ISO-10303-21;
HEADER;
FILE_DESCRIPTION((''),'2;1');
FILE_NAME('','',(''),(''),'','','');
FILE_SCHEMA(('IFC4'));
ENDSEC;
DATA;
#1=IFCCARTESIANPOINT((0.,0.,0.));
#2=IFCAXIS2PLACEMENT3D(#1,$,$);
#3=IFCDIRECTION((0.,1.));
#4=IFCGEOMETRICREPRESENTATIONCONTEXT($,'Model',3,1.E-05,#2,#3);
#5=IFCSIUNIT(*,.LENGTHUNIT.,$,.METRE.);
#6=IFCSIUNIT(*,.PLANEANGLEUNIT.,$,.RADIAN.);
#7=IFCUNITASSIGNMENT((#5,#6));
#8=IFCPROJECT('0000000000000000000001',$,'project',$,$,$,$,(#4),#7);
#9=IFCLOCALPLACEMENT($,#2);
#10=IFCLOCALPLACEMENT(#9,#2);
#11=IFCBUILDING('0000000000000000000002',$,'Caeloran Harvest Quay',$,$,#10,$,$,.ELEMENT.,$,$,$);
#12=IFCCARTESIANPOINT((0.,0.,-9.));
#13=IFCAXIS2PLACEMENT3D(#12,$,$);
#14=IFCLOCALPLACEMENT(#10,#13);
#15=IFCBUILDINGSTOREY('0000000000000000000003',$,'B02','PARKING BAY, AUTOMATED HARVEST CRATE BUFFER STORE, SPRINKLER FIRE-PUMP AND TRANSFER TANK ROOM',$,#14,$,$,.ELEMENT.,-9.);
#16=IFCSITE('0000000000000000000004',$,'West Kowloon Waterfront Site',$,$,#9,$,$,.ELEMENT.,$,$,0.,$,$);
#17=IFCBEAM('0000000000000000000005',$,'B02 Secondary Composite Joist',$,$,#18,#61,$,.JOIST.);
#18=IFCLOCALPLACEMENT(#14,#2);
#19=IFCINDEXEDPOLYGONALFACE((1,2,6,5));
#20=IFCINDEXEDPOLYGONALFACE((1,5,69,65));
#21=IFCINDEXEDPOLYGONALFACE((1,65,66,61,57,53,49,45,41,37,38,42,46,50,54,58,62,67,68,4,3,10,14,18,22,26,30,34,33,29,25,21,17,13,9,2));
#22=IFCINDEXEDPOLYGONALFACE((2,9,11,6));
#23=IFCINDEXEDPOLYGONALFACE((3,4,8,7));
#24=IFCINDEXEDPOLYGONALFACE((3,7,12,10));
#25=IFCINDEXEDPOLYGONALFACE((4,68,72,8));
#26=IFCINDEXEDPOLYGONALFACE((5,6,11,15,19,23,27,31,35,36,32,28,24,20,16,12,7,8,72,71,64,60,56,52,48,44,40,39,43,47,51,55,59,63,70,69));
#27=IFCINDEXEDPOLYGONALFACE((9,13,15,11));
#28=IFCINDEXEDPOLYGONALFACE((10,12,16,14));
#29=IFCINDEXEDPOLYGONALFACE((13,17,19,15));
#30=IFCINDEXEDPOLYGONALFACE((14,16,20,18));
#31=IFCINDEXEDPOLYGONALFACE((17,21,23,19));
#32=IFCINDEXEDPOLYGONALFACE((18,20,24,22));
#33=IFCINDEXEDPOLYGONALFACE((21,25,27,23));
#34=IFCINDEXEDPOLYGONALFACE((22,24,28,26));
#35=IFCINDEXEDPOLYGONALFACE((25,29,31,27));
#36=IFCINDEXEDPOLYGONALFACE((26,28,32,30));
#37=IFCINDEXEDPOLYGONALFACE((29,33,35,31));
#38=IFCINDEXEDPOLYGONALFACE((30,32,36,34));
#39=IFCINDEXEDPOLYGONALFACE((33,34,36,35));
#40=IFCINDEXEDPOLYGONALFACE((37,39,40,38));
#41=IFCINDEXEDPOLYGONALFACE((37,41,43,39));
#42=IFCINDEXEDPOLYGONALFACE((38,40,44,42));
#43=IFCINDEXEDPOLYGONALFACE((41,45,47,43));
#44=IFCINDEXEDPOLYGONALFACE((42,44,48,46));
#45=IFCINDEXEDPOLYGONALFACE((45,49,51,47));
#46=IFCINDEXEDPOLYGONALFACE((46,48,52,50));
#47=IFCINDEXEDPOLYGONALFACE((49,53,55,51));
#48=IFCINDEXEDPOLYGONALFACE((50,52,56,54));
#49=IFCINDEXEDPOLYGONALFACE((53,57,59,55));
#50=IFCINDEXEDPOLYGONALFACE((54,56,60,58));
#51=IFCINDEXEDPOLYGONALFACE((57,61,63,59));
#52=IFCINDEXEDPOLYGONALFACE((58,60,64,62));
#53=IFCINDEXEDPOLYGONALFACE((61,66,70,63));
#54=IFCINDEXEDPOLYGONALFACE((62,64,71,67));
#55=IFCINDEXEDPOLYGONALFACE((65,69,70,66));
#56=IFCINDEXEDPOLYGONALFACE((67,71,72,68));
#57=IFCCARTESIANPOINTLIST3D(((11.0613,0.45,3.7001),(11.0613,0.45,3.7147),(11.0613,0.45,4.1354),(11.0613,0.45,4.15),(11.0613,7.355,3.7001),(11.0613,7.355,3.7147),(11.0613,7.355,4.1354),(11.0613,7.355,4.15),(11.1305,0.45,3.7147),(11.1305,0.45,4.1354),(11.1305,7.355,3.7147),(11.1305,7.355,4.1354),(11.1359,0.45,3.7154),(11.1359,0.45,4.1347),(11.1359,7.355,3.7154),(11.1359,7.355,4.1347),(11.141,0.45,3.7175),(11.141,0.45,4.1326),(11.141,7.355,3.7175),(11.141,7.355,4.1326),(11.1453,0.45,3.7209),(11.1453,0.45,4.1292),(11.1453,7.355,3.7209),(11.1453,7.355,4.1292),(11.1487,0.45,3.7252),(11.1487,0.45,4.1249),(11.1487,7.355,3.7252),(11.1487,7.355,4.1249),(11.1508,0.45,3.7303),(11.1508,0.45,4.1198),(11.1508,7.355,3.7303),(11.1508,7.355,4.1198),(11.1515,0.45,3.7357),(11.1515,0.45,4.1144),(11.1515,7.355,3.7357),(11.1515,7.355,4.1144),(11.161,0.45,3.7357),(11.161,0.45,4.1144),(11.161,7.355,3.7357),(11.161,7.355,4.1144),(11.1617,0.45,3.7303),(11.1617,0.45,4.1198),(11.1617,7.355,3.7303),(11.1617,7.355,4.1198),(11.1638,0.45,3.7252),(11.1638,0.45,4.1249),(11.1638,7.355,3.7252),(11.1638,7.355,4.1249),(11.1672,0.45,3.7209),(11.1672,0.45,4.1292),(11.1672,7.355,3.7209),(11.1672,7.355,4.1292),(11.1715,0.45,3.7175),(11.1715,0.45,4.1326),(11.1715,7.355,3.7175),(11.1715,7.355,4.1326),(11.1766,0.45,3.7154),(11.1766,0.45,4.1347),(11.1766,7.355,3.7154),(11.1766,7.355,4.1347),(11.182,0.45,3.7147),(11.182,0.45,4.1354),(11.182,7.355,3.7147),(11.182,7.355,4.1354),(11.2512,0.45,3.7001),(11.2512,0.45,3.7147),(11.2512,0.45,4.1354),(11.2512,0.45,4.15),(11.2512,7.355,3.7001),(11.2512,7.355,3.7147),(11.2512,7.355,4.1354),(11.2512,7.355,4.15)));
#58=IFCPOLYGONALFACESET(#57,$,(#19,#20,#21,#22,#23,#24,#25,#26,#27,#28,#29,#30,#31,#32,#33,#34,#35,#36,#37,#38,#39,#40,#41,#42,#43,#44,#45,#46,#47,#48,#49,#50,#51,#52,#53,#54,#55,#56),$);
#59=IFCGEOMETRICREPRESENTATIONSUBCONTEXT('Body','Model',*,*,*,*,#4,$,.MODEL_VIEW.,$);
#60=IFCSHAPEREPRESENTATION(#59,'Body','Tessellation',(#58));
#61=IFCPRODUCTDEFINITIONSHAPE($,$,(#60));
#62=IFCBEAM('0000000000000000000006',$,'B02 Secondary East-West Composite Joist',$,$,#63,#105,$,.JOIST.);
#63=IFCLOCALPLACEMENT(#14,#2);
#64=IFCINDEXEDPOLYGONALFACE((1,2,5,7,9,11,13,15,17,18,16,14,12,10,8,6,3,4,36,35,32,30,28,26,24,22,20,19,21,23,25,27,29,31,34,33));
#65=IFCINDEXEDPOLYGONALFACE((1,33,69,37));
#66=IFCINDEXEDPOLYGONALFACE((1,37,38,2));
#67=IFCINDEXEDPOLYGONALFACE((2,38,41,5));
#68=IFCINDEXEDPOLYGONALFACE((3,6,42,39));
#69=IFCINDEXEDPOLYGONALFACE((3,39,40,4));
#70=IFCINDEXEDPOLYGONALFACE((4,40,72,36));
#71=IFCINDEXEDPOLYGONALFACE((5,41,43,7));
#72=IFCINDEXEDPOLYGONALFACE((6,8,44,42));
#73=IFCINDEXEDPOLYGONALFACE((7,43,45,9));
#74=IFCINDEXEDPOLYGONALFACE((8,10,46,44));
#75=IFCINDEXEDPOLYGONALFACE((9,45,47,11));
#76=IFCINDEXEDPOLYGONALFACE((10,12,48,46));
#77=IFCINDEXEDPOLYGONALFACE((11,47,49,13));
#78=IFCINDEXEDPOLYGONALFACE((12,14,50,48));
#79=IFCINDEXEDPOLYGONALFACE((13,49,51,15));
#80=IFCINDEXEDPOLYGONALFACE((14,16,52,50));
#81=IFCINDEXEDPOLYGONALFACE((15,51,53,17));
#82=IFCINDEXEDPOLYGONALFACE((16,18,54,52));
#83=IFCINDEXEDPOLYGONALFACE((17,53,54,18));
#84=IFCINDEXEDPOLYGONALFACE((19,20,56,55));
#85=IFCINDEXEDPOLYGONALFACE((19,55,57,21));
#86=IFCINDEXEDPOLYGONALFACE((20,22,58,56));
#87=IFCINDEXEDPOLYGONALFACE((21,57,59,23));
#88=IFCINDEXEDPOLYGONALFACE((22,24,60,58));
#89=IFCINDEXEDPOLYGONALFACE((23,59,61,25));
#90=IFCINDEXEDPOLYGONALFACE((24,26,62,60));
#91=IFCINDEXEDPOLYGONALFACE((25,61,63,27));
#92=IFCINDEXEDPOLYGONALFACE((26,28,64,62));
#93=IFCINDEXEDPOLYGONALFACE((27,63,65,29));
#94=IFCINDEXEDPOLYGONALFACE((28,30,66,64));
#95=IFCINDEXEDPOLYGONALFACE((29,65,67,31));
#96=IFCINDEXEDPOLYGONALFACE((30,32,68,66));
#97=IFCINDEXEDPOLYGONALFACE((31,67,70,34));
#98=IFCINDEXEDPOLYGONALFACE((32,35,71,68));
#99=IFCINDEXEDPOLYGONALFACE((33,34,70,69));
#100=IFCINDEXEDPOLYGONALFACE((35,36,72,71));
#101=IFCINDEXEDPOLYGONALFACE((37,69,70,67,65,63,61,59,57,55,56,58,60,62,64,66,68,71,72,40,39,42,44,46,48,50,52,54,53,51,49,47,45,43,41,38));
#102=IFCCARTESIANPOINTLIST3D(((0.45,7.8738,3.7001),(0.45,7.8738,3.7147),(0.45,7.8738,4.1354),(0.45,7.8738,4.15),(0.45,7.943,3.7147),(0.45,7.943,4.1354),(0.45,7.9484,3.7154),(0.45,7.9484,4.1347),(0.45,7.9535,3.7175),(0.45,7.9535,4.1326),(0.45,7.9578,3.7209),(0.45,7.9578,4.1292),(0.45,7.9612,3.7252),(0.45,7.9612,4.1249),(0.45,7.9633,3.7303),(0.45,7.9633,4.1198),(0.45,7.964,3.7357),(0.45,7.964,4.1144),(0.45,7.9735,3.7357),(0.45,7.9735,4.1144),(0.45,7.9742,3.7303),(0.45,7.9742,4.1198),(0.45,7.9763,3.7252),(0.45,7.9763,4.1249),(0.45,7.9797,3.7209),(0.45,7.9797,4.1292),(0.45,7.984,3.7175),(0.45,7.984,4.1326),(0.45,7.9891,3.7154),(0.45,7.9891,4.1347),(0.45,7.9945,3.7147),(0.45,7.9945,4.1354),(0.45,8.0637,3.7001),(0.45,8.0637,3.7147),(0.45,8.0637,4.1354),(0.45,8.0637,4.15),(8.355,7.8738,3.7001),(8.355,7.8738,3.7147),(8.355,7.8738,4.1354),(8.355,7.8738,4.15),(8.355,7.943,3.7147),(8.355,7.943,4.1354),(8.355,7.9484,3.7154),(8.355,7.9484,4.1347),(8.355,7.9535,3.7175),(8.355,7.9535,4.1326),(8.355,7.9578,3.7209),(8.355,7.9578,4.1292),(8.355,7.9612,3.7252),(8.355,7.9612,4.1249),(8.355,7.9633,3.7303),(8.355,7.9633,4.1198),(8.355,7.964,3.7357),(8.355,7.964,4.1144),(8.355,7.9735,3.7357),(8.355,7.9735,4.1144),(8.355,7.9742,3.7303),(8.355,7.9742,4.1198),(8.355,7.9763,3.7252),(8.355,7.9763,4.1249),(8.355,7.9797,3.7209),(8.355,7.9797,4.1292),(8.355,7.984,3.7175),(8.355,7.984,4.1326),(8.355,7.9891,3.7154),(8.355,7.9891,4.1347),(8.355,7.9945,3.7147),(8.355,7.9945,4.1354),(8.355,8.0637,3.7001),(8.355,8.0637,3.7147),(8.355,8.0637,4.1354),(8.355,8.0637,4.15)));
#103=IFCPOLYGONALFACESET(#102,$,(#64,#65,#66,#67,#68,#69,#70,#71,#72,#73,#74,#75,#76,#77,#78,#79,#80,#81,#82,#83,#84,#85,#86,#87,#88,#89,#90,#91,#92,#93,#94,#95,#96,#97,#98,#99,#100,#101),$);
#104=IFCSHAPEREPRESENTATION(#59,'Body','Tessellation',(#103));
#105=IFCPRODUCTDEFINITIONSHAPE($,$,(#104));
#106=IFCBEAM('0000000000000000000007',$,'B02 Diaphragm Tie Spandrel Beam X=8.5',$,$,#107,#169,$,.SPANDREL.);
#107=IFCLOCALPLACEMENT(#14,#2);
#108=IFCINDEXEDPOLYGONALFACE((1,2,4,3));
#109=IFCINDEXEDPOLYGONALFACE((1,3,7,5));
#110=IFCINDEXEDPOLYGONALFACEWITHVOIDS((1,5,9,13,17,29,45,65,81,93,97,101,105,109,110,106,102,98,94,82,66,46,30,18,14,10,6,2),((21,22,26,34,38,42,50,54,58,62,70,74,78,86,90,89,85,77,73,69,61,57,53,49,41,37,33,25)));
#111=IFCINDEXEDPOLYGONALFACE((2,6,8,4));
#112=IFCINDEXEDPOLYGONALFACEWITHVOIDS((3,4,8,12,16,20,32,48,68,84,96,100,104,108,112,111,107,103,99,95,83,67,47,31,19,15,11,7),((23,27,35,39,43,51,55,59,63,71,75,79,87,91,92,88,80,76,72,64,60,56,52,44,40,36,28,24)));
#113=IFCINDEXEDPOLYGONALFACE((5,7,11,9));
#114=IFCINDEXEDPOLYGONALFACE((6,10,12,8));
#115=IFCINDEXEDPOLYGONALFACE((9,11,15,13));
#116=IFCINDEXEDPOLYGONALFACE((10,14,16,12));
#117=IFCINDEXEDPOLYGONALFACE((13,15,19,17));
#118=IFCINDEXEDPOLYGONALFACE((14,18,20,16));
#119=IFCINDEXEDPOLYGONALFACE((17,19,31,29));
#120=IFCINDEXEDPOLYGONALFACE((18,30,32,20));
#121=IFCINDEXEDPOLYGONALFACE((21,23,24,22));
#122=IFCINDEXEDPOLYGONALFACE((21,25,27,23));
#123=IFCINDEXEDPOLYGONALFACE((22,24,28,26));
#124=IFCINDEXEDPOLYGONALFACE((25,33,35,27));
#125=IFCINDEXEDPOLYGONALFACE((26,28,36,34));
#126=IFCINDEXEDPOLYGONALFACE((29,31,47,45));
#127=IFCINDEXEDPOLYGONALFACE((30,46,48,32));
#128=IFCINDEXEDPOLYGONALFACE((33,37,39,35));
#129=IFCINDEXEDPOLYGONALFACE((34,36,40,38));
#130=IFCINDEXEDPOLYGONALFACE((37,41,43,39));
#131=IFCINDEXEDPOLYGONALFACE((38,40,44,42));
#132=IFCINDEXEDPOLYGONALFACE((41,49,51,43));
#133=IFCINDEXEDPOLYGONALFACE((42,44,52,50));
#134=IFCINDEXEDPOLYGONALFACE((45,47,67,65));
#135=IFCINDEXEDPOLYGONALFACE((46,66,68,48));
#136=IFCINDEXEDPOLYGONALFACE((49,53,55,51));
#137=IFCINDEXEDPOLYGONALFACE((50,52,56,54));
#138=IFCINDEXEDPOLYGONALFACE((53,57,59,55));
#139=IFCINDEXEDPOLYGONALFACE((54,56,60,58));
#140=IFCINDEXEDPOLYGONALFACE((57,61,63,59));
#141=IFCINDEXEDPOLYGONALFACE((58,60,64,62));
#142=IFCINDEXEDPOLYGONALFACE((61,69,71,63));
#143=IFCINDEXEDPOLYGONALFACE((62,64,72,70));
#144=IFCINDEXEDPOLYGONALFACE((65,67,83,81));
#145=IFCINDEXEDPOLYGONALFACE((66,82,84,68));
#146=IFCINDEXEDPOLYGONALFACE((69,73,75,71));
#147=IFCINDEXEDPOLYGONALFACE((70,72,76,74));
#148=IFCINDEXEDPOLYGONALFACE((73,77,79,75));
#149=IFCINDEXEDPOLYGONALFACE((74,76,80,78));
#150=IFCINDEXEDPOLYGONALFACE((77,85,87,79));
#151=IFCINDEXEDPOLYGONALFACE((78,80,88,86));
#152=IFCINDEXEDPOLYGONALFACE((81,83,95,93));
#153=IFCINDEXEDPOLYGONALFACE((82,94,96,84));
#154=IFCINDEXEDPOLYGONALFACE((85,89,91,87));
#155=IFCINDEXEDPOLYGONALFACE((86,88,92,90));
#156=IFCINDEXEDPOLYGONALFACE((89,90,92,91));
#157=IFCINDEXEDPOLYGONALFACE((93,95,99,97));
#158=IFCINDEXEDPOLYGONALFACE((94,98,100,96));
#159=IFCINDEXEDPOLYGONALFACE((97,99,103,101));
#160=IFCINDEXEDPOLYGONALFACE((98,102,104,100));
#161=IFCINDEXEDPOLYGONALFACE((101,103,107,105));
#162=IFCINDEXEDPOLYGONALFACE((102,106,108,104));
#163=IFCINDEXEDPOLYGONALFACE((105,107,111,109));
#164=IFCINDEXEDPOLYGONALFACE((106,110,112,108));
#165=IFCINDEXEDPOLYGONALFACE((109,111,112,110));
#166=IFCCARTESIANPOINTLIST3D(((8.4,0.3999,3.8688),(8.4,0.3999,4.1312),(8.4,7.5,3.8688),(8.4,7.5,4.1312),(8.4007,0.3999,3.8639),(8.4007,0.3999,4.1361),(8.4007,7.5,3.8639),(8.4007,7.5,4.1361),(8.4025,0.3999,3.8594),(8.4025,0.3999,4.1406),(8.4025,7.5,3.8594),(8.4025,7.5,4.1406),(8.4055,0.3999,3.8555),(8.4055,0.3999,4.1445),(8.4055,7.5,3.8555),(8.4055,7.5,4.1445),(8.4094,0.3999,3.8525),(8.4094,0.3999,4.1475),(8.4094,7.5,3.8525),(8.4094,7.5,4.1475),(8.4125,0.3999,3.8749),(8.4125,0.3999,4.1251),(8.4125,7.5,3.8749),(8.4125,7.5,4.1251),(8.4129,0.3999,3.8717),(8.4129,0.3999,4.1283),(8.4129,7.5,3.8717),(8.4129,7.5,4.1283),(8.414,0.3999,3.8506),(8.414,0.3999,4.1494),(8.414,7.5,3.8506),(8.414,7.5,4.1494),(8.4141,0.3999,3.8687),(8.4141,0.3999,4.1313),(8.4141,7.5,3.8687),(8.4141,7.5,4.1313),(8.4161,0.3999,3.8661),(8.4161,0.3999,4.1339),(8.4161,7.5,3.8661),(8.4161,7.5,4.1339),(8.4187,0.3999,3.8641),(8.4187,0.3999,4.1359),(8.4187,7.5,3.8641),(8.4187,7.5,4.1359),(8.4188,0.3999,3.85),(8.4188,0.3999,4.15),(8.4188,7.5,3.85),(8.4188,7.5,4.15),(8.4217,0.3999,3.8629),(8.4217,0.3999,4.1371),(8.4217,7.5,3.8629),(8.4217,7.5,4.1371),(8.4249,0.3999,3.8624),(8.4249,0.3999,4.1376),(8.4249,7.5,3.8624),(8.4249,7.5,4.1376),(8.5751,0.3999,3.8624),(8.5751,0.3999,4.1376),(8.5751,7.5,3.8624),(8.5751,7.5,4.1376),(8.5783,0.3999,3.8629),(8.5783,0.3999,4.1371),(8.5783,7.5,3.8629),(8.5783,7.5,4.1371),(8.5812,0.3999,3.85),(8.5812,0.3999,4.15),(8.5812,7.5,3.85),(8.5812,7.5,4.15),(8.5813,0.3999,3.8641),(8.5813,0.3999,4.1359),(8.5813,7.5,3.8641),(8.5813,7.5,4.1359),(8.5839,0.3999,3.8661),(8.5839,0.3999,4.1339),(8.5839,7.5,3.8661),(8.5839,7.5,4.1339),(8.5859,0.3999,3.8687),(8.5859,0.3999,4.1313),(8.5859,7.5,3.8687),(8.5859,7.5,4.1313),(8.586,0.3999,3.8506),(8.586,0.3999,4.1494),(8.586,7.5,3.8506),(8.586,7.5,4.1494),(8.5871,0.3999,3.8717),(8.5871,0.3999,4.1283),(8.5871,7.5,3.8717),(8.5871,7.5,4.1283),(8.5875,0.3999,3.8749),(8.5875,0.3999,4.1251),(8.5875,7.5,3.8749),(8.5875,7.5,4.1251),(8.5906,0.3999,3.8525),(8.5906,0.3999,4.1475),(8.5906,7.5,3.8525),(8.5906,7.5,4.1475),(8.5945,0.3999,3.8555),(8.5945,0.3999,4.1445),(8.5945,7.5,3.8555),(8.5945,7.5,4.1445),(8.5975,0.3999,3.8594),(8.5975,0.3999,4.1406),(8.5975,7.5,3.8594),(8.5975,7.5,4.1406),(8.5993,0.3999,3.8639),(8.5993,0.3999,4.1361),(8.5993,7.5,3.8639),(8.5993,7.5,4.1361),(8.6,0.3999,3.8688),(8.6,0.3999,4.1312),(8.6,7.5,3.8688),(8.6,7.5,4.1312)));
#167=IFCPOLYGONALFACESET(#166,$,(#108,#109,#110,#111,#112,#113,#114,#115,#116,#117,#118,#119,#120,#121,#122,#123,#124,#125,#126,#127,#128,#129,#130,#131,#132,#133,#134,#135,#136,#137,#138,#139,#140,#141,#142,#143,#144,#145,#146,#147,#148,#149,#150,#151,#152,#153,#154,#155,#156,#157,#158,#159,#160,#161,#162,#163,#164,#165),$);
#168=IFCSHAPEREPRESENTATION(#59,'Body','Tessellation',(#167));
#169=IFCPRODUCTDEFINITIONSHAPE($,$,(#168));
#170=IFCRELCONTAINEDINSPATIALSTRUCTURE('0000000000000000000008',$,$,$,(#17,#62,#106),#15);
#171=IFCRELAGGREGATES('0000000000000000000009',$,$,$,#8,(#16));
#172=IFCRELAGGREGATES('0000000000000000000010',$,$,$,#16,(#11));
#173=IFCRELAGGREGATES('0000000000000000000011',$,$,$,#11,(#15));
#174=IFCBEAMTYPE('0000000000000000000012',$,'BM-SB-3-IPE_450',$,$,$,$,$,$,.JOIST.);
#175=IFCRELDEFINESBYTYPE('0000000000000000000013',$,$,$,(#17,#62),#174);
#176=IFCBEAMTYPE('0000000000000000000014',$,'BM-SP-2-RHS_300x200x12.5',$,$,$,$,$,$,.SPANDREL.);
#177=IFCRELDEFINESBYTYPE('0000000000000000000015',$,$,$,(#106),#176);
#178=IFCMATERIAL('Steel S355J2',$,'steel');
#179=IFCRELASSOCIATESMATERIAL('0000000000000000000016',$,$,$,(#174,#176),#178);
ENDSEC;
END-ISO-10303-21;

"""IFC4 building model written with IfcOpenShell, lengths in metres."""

from ifc_helpers import new_model, si_unit, direction, frame, origin, origin_2d, place, context, subcontext, project, spatial, hollow_rectangle, i_section, extrude, material, material_profile, profile_set, type_object, element, save


model = new_model("IFC4")

# Units and contexts
model_context = context("Model", 3, precision=1e-05, world=origin(), true_north=direction((0.0, 1.0)))
body_context = subcontext(model_context, "Body", "Model", "MODEL_VIEW")
ifc_project = project(units=[si_unit("LENGTHUNIT", "METRE"), si_unit("PLANEANGLEUNIT", "RADIAN")], contexts=[model_context])

# Site, building, storey
site_placement = place(None, origin())
site = spatial("IfcSite", under=ifc_project, at=site_placement, Name="West Kowloon Waterfront Site", CompositionType="ELEMENT", RefElevation=0.0)
building_placement = place(site_placement, origin())
building = spatial("IfcBuilding", under=site, at=building_placement, Name="Caeloran Harvest Quay", CompositionType="ELEMENT")
storey_placement = place(building_placement, frame((0.0, 0.0, -9.0)))
storey = spatial("IfcBuildingStorey", under=building, at=storey_placement, Name="B02", Description="PARKING BAY, AUTOMATED HARVEST CRATE BUFFER STORE, SPRINKLER FIRE-PUMP AND TRANSFER TANK ROOM", CompositionType="ELEMENT", Elevation=-9.0)

# Beams
ifc_material_1 = material(Name="Steel S355J2", Category="steel")
ifc_material_profile_1 = material_profile(ifc_material_1, i_section(OverallWidth=0.1899, OverallDepth=0.45, WebThickness=0.0095, FlangeThickness=0.0146, FilletRadius=0.021, at=origin_2d()), Name="IPE 450")
ifc_profile_set_1 = profile_set([ifc_material_profile_1], Name="Steel S355J2")
beam_type_1 = type_object("IfcBeamType", Name="BM-SB-3-IPE_450", PredefinedType="JOIST", material=ifc_profile_set_1)
for number, where, z_axis, x_axis, name in (
    (1, (11.1562, 0.45, 3.925), (0.0, 1.0, 0.0), (-1.0, 0.0, 0.0), "B02 Secondary Composite Joist"),
):
    element("IfcBeam", number, at=place(storey_placement, frame(where, z_axis=z_axis, x_axis=x_axis)), inside=storey, type_object=beam_type_1, Name=name, PredefinedType="JOIST", context=body_context, shape_type="SweptSolid", body=[
        extrude(i_section(OverallWidth=0.1899, OverallDepth=0.45, WebThickness=0.0095, FlangeThickness=0.0146, FilletRadius=0.021, at=origin_2d()), origin(), (0.0, 0.0, 1.0), 6.905),
    ])
beam_1_placement = place(storey_placement, frame((0.45, 7.9688, 3.925), z_axis=(1.0, 0.0, 0.0), x_axis=(0.0, 1.0, 0.0)))
element("IfcBeam", 2, at=beam_1_placement, inside=storey, type_object=beam_type_1, Name="B02 Secondary East-West Composite Joist", PredefinedType="JOIST", context=body_context, shape_type="SweptSolid", body=[
    extrude(i_section(OverallWidth=0.1899, OverallDepth=0.45, WebThickness=0.0095, FlangeThickness=0.0146, FilletRadius=0.021, at=origin_2d()), origin(), (0.0, 0.0, 1.0), 7.905),
])
ifc_material_profile_2 = material_profile(ifc_material_1, hollow_rectangle(XDim=0.2, YDim=0.3, WallThickness=0.0125, InnerFilletRadius=0.0125, OuterFilletRadius=0.0188, at=origin_2d()), Name="RHS 300x200x12.5")
ifc_profile_set_2 = profile_set([ifc_material_profile_2], Name="Steel S355J2")
beam_type_2 = type_object("IfcBeamType", Name="BM-SP-2-RHS_300x200x12.5", PredefinedType="SPANDREL", material=ifc_profile_set_2)
beam_2_placement = place(storey_placement, frame((8.5, 0.3999, 4.0), z_axis=(0.0, 1.0, 0.0), x_axis=(-1.0, 0.0, 0.0)))
element("IfcBeam", 3, at=beam_2_placement, inside=storey, type_object=beam_type_2, Name="B02 Diaphragm Tie Spandrel Beam X=8.5", PredefinedType="SPANDREL", context=body_context, shape_type="SweptSolid", body=[
    extrude(hollow_rectangle(XDim=0.2, YDim=0.3, WallThickness=0.0125, InnerFilletRadius=0.0125, OuterFilletRadius=0.0188, at=origin_2d()), origin(), (0.0, 0.0, 1.0), 7.1001),
])

save(model, "model.ifc")
